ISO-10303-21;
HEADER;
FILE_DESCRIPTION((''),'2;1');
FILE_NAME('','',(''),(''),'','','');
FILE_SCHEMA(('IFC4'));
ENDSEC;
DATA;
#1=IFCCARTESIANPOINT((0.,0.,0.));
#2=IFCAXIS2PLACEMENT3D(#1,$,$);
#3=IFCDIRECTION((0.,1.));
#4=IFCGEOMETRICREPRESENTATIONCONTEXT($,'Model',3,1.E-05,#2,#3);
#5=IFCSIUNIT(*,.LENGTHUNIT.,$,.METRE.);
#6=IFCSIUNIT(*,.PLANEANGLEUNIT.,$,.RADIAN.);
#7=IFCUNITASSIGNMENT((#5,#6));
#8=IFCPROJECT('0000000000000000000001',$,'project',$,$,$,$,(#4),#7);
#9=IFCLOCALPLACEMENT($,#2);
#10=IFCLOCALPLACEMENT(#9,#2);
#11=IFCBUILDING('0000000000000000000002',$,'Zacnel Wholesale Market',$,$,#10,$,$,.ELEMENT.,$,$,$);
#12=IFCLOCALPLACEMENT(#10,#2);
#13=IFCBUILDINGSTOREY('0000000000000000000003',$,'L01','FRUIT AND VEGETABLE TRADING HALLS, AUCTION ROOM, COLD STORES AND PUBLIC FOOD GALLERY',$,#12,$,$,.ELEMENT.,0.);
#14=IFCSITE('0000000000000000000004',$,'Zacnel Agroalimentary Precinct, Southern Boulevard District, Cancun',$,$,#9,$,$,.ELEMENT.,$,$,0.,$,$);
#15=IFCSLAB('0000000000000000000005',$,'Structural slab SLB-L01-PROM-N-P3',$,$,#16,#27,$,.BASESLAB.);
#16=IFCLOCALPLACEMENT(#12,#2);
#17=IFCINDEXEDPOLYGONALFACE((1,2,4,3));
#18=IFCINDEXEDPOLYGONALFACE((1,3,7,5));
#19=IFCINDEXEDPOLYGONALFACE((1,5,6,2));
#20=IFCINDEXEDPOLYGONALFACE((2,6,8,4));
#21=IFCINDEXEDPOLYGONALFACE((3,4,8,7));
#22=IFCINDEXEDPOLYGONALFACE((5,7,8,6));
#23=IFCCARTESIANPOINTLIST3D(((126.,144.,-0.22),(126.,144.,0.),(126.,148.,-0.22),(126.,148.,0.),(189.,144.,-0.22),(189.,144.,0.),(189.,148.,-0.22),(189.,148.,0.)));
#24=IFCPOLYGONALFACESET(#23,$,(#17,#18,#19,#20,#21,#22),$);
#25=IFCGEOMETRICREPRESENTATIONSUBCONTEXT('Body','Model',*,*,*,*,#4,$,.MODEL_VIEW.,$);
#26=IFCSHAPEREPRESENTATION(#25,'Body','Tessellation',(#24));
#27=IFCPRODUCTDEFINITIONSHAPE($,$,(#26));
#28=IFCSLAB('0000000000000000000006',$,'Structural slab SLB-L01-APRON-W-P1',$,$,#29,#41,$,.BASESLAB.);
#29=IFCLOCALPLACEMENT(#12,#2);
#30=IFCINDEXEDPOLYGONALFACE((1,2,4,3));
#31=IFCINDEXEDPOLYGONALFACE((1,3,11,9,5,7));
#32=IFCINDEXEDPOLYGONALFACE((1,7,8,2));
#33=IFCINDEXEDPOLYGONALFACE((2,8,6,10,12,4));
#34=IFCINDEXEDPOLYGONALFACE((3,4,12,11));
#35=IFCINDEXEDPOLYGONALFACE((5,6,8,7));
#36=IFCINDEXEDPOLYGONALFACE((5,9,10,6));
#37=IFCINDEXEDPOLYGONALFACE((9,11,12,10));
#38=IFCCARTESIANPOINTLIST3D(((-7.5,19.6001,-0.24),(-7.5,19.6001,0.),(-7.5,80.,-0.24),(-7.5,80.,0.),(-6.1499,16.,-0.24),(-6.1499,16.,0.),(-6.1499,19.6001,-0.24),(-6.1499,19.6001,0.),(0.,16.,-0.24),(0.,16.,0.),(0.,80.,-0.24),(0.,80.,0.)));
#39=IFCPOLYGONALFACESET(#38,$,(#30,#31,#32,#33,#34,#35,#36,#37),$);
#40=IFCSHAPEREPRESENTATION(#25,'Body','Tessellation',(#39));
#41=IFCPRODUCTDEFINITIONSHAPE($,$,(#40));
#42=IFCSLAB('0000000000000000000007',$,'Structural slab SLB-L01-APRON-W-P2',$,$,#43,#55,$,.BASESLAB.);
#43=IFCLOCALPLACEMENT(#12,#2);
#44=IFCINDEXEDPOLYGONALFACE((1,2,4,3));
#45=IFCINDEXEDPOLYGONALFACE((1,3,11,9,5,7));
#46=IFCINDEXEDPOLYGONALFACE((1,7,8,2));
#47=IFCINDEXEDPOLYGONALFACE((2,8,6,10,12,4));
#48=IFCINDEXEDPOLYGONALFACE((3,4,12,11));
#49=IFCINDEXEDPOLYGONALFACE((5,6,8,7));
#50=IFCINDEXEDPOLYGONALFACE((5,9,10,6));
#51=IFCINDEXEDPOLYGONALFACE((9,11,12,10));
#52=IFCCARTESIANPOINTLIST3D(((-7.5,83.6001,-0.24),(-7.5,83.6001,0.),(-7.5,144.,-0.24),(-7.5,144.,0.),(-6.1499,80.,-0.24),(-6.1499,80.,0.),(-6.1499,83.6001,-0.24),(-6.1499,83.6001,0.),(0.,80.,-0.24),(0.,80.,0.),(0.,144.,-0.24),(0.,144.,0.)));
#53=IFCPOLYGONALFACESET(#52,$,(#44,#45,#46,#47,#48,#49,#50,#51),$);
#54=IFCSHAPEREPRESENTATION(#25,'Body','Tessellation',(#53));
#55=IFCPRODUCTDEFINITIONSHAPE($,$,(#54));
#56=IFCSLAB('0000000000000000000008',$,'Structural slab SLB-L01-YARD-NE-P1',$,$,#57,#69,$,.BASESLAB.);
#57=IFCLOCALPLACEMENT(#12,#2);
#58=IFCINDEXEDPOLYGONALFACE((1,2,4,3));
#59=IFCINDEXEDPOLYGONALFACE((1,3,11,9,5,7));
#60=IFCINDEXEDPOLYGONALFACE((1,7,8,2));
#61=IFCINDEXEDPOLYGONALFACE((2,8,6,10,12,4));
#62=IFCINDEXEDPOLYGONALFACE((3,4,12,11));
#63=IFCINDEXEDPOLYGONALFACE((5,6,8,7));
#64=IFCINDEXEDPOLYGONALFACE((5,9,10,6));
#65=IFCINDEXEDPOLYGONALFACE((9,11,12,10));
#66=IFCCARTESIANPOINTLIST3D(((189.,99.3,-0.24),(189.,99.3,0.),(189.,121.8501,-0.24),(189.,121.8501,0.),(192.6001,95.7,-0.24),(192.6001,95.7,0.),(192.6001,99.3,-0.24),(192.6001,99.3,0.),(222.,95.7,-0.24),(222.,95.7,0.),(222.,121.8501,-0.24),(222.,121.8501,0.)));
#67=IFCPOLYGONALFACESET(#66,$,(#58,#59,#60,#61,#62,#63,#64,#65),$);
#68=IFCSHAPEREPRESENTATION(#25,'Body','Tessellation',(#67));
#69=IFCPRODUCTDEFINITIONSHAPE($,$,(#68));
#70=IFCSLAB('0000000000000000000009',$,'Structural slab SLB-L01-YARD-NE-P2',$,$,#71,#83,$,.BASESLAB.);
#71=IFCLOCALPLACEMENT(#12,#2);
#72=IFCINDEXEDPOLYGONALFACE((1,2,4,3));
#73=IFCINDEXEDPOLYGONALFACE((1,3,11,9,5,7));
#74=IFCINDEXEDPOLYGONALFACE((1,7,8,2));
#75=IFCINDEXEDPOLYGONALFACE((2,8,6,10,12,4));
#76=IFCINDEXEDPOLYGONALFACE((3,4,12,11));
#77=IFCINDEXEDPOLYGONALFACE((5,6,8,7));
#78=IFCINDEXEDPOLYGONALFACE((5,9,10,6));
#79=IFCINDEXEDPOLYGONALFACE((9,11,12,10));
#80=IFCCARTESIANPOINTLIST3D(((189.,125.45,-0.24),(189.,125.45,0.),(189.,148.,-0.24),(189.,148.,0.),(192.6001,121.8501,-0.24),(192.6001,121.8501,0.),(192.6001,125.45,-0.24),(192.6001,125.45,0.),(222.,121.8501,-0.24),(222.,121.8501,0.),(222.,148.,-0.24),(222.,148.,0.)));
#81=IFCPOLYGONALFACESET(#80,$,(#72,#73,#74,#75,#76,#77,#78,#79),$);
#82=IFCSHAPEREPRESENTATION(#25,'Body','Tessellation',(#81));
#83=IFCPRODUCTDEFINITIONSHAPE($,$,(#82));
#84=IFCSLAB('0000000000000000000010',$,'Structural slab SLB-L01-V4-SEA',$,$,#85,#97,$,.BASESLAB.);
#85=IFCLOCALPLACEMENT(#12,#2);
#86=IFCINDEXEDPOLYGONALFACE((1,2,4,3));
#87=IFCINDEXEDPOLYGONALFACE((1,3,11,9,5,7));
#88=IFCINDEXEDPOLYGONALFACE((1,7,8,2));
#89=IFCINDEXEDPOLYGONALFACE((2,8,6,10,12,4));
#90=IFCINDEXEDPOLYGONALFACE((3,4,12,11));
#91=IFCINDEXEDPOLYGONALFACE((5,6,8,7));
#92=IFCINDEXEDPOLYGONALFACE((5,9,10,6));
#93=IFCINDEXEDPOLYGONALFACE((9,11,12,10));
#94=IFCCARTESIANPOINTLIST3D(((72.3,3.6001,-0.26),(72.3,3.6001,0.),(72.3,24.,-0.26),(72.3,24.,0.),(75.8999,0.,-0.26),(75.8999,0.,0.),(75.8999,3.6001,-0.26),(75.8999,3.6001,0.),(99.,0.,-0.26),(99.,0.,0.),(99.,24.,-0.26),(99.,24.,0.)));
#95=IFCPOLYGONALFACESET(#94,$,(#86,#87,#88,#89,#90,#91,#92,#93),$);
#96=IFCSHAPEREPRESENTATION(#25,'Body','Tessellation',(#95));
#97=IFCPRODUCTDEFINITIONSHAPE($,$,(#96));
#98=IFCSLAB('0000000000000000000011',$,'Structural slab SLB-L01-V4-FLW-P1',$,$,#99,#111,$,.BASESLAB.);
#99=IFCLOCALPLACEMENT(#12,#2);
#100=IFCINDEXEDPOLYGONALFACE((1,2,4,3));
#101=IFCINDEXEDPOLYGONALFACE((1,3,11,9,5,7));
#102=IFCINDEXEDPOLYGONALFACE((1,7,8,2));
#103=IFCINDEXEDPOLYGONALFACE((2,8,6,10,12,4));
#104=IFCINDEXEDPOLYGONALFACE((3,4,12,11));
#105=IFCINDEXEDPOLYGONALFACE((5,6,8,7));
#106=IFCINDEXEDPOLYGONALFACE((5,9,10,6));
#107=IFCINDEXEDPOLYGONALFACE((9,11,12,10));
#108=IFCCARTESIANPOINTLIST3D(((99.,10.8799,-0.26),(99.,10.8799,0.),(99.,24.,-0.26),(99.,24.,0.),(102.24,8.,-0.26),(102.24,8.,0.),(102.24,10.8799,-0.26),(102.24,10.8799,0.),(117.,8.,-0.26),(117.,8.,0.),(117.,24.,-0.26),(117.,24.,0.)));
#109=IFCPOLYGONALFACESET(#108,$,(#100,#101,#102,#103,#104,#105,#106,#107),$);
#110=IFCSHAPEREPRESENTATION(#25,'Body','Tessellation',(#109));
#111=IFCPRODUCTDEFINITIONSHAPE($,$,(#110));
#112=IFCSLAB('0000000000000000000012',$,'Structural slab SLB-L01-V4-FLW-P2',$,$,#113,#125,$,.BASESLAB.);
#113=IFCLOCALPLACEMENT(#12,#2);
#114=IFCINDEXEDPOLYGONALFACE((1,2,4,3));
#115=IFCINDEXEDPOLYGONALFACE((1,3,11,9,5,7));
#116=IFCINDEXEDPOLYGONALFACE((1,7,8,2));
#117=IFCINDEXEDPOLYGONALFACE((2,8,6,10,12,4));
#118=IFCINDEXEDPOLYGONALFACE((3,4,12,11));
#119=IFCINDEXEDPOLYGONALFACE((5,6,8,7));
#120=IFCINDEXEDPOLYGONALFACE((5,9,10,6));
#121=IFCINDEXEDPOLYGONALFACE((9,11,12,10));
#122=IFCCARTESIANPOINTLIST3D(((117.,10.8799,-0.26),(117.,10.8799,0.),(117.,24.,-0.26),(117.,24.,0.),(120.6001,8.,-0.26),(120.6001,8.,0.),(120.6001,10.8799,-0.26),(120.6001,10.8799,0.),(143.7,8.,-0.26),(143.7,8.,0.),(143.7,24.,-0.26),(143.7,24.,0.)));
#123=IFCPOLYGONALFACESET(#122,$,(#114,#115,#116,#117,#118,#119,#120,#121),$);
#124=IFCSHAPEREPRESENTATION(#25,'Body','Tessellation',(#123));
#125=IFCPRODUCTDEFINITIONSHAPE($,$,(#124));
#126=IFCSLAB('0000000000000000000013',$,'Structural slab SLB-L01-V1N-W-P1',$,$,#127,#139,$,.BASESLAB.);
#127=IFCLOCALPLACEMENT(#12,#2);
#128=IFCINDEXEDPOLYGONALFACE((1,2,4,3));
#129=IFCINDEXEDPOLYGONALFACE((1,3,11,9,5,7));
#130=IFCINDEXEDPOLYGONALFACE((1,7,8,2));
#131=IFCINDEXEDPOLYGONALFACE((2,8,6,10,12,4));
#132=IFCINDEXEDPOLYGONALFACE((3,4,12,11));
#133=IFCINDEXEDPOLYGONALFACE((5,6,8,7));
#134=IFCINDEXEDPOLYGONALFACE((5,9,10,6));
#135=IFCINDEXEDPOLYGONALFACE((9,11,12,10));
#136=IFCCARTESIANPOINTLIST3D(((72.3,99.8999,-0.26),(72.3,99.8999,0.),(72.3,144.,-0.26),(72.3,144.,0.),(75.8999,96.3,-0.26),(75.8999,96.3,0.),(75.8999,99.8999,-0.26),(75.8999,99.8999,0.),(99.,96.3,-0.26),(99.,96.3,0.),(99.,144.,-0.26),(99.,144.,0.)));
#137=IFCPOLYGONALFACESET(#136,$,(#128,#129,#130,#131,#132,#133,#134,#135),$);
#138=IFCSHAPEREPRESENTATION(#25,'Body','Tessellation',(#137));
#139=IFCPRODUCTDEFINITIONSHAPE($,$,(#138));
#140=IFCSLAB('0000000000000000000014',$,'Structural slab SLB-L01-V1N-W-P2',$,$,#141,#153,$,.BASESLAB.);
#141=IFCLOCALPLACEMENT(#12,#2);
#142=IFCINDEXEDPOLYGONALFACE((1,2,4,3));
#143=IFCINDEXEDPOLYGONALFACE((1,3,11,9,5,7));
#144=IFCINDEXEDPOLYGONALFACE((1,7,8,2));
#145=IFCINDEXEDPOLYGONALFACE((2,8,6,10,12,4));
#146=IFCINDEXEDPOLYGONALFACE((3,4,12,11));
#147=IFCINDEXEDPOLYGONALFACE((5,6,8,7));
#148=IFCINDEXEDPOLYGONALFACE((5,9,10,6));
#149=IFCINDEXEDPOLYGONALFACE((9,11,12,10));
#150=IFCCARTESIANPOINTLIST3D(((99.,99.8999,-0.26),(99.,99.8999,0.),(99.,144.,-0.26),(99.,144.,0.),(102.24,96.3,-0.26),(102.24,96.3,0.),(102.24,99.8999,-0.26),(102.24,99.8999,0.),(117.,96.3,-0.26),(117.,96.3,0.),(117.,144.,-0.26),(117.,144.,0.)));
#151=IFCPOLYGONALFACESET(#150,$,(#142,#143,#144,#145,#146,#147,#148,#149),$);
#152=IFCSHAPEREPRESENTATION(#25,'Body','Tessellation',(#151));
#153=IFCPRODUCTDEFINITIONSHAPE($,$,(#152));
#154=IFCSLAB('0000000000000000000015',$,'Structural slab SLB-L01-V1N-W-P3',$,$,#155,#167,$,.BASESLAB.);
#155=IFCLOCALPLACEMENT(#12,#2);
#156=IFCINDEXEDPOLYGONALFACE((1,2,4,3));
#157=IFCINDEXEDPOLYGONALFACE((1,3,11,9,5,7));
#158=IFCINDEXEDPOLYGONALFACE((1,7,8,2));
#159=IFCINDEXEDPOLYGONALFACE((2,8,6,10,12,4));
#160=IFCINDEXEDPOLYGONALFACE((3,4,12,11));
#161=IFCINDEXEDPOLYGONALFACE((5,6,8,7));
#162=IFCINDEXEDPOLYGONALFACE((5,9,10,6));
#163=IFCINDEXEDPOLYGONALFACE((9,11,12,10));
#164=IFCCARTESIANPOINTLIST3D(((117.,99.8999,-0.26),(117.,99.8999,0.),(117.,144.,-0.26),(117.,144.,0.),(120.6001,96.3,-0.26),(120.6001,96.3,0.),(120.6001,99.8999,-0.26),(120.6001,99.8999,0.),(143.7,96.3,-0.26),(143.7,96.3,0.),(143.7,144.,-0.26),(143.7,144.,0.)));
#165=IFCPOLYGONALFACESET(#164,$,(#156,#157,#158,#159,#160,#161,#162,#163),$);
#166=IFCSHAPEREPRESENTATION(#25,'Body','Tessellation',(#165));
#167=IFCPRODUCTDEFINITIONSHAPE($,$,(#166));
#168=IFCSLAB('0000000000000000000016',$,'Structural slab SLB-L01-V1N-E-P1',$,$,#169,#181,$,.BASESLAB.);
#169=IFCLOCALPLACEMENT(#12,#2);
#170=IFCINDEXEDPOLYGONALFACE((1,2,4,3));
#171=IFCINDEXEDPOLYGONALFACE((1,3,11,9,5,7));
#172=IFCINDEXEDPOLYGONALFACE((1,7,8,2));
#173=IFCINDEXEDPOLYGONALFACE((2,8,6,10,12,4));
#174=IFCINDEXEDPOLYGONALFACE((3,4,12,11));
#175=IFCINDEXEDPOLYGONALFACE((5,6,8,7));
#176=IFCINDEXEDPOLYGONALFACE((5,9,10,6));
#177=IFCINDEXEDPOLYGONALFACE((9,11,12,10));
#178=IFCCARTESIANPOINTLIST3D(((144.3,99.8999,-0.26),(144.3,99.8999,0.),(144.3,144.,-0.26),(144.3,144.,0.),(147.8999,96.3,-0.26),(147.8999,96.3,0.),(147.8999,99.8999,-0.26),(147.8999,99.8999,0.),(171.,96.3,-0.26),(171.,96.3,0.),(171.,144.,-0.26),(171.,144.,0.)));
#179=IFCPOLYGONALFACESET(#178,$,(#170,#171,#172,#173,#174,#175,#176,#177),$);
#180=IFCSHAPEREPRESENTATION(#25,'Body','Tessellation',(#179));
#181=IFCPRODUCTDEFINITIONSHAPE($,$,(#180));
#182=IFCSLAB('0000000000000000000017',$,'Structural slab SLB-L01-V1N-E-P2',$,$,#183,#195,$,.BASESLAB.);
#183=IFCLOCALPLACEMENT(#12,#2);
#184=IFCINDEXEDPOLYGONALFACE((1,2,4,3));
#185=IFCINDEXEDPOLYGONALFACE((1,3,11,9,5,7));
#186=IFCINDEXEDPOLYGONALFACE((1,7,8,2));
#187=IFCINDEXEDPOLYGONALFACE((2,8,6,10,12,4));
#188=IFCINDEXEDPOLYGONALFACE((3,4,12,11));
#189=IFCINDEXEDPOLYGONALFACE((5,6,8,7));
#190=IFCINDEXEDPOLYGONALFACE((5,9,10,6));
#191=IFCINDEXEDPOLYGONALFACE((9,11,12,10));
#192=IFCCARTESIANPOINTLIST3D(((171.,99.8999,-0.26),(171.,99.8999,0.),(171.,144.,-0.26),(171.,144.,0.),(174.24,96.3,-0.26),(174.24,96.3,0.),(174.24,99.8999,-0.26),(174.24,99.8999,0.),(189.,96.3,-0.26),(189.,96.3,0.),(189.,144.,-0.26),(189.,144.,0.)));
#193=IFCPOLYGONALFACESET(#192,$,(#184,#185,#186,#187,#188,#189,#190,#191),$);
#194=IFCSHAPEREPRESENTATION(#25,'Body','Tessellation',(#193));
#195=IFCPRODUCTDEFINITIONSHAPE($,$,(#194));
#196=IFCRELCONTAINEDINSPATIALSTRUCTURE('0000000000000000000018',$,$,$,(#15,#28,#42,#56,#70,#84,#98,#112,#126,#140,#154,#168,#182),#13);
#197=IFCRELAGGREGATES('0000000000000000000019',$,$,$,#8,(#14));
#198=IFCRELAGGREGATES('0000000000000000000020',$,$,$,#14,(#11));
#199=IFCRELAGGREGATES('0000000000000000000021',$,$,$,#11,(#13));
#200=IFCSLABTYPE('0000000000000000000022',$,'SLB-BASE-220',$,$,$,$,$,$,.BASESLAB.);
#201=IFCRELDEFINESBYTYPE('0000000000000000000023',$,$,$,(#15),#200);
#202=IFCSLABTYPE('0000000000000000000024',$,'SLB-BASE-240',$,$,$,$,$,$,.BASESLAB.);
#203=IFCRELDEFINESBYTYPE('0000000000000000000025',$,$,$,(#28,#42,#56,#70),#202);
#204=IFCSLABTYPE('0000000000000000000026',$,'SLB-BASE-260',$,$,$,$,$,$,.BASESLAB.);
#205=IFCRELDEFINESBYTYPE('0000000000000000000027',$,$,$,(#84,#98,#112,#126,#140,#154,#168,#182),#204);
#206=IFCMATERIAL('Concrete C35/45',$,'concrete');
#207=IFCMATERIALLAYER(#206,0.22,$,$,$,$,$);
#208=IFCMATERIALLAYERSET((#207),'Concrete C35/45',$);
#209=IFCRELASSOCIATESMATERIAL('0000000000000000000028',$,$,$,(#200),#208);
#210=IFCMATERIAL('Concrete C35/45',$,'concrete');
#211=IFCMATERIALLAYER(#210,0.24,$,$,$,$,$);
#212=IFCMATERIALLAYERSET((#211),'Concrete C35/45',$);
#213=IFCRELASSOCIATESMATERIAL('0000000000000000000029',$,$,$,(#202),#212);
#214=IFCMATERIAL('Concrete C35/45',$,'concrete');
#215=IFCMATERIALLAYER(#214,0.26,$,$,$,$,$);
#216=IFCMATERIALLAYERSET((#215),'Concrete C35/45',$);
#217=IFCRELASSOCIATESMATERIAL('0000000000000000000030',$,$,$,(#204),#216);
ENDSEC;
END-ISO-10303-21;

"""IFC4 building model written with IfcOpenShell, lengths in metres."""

from ifc_helpers import new_model, si_unit, direction, frame, origin, place, context, subcontext, project, spatial, polyline, outline, extrude, material, layer, layer_set, type_object, element, save


model = new_model("IFC4")

# Units and contexts
model_context = context("Model", 3, precision=1e-05, world=origin(), true_north=direction((0.0, 1.0)))
body_context = subcontext(model_context, "Body", "Model", "MODEL_VIEW")
ifc_project = project(units=[si_unit("LENGTHUNIT", "METRE"), si_unit("PLANEANGLEUNIT", "RADIAN")], contexts=[model_context])

# Site, building, storey
site_placement = place(None, origin())
site = spatial("IfcSite", under=ifc_project, at=site_placement, Name="Zacnel Agroalimentary Precinct, Southern Boulevard District, Cancun", CompositionType="ELEMENT", RefElevation=0.0)
building_placement = place(site_placement, origin())
building = spatial("IfcBuilding", under=site, at=building_placement, Name="Zacnel Wholesale Market", CompositionType="ELEMENT")
storey_placement = place(building_placement, origin())
storey = spatial("IfcBuildingStorey", under=building, at=storey_placement, Name="L01", Description="FRUIT AND VEGETABLE TRADING HALLS, AUCTION ROOM, COLD STORES AND PUBLIC FOOD GALLERY", CompositionType="ELEMENT", Elevation=0.0)

# Slabs
ifc_material_1 = material(Name="Concrete C35/45", Category="concrete")
ifc_layer_1 = layer(ifc_material_1, 0.22)
ifc_layer_set_1 = layer_set([ifc_layer_1], Name="Concrete C35/45")
slab_type_1 = type_object("IfcSlabType", Name="SLB-BASE-220", PredefinedType="BASESLAB", material=ifc_layer_set_1)
slab_1_placement = place(storey_placement, frame((0.0, 0.0, -0.22)))
element("IfcSlab", 1, at=slab_1_placement, inside=storey, type_object=slab_type_1, Name="Structural slab SLB-L01-PROM-N-P3", PredefinedType="BASESLAB", context=body_context, shape_type="SweptSolid", body=[
    extrude(outline(polyline([(189.0, 144.0), (126.0, 144.0), (126.0, 148.0), (189.0, 148.0), (189.0, 144.0)])), origin(), (0.0, 0.0, 1.0), 0.22),
])
ifc_material_2 = material(Name="Concrete C35/45", Category="concrete")
ifc_layer_2 = layer(ifc_material_2, 0.24)
ifc_layer_set_2 = layer_set([ifc_layer_2], Name="Concrete C35/45")
slab_type_2 = type_object("IfcSlabType", Name="SLB-BASE-240", PredefinedType="BASESLAB", material=ifc_layer_set_2)
slab_2_placement = place(storey_placement, frame((0.0, 0.0, -0.24)))
element("IfcSlab", 2, at=slab_2_placement, inside=storey, type_object=slab_type_2, Name="Structural slab SLB-L01-APRON-W-P1", PredefinedType="BASESLAB", context=body_context, shape_type="SweptSolid", body=[
    extrude(outline(polyline([(-6.1499, 16.0), (0.0, 16.0), (0.0, 80.0), (-7.5, 80.0), (-7.5, 19.6001), (-6.1499, 19.6001), (-6.1499, 16.0)])), origin(), (0.0, 0.0, 1.0), 0.24),
])
slab_3_placement = place(storey_placement, frame((0.0, 0.0, -0.24)))
element("IfcSlab", 3, at=slab_3_placement, inside=storey, type_object=slab_type_2, Name="Structural slab SLB-L01-APRON-W-P2", PredefinedType="BASESLAB", context=body_context, shape_type="SweptSolid", body=[
    extrude(outline(polyline([(-6.1499, 80.0), (0.0, 80.0), (0.0, 144.0), (-7.5, 144.0), (-7.5, 83.6001), (-6.1499, 83.6001), (-6.1499, 80.0)])), origin(), (0.0, 0.0, 1.0), 0.24),
])
slab_4_placement = place(storey_placement, frame((0.0, 0.0, -0.24)))
element("IfcSlab", 4, at=slab_4_placement, inside=storey, type_object=slab_type_2, Name="Structural slab SLB-L01-YARD-NE-P1", PredefinedType="BASESLAB", context=body_context, shape_type="SweptSolid", body=[
    extrude(outline(polyline([(192.6001, 95.7), (222.0, 95.7), (222.0, 121.8501), (189.0, 121.8501), (189.0, 99.3), (192.6001, 99.3), (192.6001, 95.7)])), origin(), (0.0, 0.0, 1.0), 0.24),
])
slab_5_placement = place(storey_placement, frame((0.0, 0.0, -0.24)))
element("IfcSlab", 5, at=slab_5_placement, inside=storey, type_object=slab_type_2, Name="Structural slab SLB-L01-YARD-NE-P2", PredefinedType="BASESLAB", context=body_context, shape_type="SweptSolid", body=[
    extrude(outline(polyline([(192.6001, 121.8501), (222.0, 121.8501), (222.0, 148.0), (189.0, 148.0), (189.0, 125.45), (192.6001, 125.45), (192.6001, 121.8501)])), origin(), (0.0, 0.0, 1.0), 0.24),
])
ifc_material_3 = material(Name="Concrete C35/45", Category="concrete")
ifc_layer_3 = layer(ifc_material_3, 0.26)
ifc_layer_set_3 = layer_set([ifc_layer_3], Name="Concrete C35/45")
slab_type_3 = type_object("IfcSlabType", Name="SLB-BASE-260", PredefinedType="BASESLAB", material=ifc_layer_set_3)
slab_6_placement = place(storey_placement, frame((0.0, 0.0, -0.26)))
element("IfcSlab", 6, at=slab_6_placement, inside=storey, type_object=slab_type_3, Name="Structural slab SLB-L01-V4-SEA", PredefinedType="BASESLAB", context=body_context, shape_type="SweptSolid", body=[
    extrude(outline(polyline([(75.8999, 0.0), (99.0, 0.0), (99.0, 24.0), (72.3, 24.0), (72.3, 3.6001), (75.8999, 3.6001), (75.8999, 0.0)])), origin(), (0.0, 0.0, 1.0), 0.26),
])
slab_7_placement = place(storey_placement, frame((0.0, 0.0, -0.26)))
element("IfcSlab", 7, at=slab_7_placement, inside=storey, type_object=slab_type_3, Name="Structural slab SLB-L01-V4-FLW-P1", PredefinedType="BASESLAB", context=body_context, shape_type="SweptSolid", body=[
    extrude(outline(polyline([(102.24, 8.0), (117.0, 8.0), (117.0, 24.0), (99.0, 24.0), (99.0, 10.8799), (102.24, 10.8799), (102.24, 8.0)])), origin(), (0.0, 0.0, 1.0), 0.26),
])
slab_8_placement = place(storey_placement, frame((0.0, 0.0, -0.26)))
element("IfcSlab", 8, at=slab_8_placement, inside=storey, type_object=slab_type_3, Name="Structural slab SLB-L01-V4-FLW-P2", PredefinedType="BASESLAB", context=body_context, shape_type="SweptSolid", body=[
    extrude(outline(polyline([(120.6001, 8.0), (143.7, 8.0), (143.7, 24.0), (117.0, 24.0), (117.0, 10.8799), (120.6001, 10.8799), (120.6001, 8.0)])), origin(), (0.0, 0.0, 1.0), 0.26),
])
slab_9_placement = place(storey_placement, frame((0.0, 0.0, -0.26)))
element("IfcSlab", 9, at=slab_9_placement, inside=storey, type_object=slab_type_3, Name="Structural slab SLB-L01-V1N-W-P1", PredefinedType="BASESLAB", context=body_context, shape_type="SweptSolid", body=[
    extrude(outline(polyline([(75.8999, 96.3), (99.0, 96.3), (99.0, 144.0), (72.3, 144.0), (72.3, 99.8999), (75.8999, 99.8999), (75.8999, 96.3)])), origin(), (0.0, 0.0, 1.0), 0.26),
])
slab_10_placement = place(storey_placement, frame((0.0, 0.0, -0.26)))
element("IfcSlab", 10, at=slab_10_placement, inside=storey, type_object=slab_type_3, Name="Structural slab SLB-L01-V1N-W-P2", PredefinedType="BASESLAB", context=body_context, shape_type="SweptSolid", body=[
    extrude(outline(polyline([(102.24, 96.3), (117.0, 96.3), (117.0, 144.0), (99.0, 144.0), (99.0, 99.8999), (102.24, 99.8999), (102.24, 96.3)])), origin(), (0.0, 0.0, 1.0), 0.26),
])
slab_11_placement = place(storey_placement, frame((0.0, 0.0, -0.26)))
element("IfcSlab", 11, at=slab_11_placement, inside=storey, type_object=slab_type_3, Name="Structural slab SLB-L01-V1N-W-P3", PredefinedType="BASESLAB", context=body_context, shape_type="SweptSolid", body=[
    extrude(outline(polyline([(120.6001, 96.3), (143.7, 96.3), (143.7, 144.0), (117.0, 144.0), (117.0, 99.8999), (120.6001, 99.8999), (120.6001, 96.3)])), origin(), (0.0, 0.0, 1.0), 0.26),
])
slab_12_placement = place(storey_placement, frame((0.0, 0.0, -0.26)))
element("IfcSlab", 12, at=slab_12_placement, inside=storey, type_object=slab_type_3, Name="Structural slab SLB-L01-V1N-E-P1", PredefinedType="BASESLAB", context=body_context, shape_type="SweptSolid", body=[
    extrude(outline(polyline([(147.8999, 96.3), (171.0, 96.3), (171.0, 144.0), (144.3, 144.0), (144.3, 99.8999), (147.8999, 99.8999), (147.8999, 96.3)])), origin(), (0.0, 0.0, 1.0), 0.26),
])
slab_13_placement = place(storey_placement, frame((0.0, 0.0, -0.26)))
element("IfcSlab", 13, at=slab_13_placement, inside=storey, type_object=slab_type_3, Name="Structural slab SLB-L01-V1N-E-P2", PredefinedType="BASESLAB", context=body_context, shape_type="SweptSolid", body=[
    extrude(outline(polyline([(174.24, 96.3), (189.0, 96.3), (189.0, 144.0), (171.0, 144.0), (171.0, 99.8999), (174.24, 99.8999), (174.24, 96.3)])), origin(), (0.0, 0.0, 1.0), 0.26),
])

save(model, "model.ifc")
